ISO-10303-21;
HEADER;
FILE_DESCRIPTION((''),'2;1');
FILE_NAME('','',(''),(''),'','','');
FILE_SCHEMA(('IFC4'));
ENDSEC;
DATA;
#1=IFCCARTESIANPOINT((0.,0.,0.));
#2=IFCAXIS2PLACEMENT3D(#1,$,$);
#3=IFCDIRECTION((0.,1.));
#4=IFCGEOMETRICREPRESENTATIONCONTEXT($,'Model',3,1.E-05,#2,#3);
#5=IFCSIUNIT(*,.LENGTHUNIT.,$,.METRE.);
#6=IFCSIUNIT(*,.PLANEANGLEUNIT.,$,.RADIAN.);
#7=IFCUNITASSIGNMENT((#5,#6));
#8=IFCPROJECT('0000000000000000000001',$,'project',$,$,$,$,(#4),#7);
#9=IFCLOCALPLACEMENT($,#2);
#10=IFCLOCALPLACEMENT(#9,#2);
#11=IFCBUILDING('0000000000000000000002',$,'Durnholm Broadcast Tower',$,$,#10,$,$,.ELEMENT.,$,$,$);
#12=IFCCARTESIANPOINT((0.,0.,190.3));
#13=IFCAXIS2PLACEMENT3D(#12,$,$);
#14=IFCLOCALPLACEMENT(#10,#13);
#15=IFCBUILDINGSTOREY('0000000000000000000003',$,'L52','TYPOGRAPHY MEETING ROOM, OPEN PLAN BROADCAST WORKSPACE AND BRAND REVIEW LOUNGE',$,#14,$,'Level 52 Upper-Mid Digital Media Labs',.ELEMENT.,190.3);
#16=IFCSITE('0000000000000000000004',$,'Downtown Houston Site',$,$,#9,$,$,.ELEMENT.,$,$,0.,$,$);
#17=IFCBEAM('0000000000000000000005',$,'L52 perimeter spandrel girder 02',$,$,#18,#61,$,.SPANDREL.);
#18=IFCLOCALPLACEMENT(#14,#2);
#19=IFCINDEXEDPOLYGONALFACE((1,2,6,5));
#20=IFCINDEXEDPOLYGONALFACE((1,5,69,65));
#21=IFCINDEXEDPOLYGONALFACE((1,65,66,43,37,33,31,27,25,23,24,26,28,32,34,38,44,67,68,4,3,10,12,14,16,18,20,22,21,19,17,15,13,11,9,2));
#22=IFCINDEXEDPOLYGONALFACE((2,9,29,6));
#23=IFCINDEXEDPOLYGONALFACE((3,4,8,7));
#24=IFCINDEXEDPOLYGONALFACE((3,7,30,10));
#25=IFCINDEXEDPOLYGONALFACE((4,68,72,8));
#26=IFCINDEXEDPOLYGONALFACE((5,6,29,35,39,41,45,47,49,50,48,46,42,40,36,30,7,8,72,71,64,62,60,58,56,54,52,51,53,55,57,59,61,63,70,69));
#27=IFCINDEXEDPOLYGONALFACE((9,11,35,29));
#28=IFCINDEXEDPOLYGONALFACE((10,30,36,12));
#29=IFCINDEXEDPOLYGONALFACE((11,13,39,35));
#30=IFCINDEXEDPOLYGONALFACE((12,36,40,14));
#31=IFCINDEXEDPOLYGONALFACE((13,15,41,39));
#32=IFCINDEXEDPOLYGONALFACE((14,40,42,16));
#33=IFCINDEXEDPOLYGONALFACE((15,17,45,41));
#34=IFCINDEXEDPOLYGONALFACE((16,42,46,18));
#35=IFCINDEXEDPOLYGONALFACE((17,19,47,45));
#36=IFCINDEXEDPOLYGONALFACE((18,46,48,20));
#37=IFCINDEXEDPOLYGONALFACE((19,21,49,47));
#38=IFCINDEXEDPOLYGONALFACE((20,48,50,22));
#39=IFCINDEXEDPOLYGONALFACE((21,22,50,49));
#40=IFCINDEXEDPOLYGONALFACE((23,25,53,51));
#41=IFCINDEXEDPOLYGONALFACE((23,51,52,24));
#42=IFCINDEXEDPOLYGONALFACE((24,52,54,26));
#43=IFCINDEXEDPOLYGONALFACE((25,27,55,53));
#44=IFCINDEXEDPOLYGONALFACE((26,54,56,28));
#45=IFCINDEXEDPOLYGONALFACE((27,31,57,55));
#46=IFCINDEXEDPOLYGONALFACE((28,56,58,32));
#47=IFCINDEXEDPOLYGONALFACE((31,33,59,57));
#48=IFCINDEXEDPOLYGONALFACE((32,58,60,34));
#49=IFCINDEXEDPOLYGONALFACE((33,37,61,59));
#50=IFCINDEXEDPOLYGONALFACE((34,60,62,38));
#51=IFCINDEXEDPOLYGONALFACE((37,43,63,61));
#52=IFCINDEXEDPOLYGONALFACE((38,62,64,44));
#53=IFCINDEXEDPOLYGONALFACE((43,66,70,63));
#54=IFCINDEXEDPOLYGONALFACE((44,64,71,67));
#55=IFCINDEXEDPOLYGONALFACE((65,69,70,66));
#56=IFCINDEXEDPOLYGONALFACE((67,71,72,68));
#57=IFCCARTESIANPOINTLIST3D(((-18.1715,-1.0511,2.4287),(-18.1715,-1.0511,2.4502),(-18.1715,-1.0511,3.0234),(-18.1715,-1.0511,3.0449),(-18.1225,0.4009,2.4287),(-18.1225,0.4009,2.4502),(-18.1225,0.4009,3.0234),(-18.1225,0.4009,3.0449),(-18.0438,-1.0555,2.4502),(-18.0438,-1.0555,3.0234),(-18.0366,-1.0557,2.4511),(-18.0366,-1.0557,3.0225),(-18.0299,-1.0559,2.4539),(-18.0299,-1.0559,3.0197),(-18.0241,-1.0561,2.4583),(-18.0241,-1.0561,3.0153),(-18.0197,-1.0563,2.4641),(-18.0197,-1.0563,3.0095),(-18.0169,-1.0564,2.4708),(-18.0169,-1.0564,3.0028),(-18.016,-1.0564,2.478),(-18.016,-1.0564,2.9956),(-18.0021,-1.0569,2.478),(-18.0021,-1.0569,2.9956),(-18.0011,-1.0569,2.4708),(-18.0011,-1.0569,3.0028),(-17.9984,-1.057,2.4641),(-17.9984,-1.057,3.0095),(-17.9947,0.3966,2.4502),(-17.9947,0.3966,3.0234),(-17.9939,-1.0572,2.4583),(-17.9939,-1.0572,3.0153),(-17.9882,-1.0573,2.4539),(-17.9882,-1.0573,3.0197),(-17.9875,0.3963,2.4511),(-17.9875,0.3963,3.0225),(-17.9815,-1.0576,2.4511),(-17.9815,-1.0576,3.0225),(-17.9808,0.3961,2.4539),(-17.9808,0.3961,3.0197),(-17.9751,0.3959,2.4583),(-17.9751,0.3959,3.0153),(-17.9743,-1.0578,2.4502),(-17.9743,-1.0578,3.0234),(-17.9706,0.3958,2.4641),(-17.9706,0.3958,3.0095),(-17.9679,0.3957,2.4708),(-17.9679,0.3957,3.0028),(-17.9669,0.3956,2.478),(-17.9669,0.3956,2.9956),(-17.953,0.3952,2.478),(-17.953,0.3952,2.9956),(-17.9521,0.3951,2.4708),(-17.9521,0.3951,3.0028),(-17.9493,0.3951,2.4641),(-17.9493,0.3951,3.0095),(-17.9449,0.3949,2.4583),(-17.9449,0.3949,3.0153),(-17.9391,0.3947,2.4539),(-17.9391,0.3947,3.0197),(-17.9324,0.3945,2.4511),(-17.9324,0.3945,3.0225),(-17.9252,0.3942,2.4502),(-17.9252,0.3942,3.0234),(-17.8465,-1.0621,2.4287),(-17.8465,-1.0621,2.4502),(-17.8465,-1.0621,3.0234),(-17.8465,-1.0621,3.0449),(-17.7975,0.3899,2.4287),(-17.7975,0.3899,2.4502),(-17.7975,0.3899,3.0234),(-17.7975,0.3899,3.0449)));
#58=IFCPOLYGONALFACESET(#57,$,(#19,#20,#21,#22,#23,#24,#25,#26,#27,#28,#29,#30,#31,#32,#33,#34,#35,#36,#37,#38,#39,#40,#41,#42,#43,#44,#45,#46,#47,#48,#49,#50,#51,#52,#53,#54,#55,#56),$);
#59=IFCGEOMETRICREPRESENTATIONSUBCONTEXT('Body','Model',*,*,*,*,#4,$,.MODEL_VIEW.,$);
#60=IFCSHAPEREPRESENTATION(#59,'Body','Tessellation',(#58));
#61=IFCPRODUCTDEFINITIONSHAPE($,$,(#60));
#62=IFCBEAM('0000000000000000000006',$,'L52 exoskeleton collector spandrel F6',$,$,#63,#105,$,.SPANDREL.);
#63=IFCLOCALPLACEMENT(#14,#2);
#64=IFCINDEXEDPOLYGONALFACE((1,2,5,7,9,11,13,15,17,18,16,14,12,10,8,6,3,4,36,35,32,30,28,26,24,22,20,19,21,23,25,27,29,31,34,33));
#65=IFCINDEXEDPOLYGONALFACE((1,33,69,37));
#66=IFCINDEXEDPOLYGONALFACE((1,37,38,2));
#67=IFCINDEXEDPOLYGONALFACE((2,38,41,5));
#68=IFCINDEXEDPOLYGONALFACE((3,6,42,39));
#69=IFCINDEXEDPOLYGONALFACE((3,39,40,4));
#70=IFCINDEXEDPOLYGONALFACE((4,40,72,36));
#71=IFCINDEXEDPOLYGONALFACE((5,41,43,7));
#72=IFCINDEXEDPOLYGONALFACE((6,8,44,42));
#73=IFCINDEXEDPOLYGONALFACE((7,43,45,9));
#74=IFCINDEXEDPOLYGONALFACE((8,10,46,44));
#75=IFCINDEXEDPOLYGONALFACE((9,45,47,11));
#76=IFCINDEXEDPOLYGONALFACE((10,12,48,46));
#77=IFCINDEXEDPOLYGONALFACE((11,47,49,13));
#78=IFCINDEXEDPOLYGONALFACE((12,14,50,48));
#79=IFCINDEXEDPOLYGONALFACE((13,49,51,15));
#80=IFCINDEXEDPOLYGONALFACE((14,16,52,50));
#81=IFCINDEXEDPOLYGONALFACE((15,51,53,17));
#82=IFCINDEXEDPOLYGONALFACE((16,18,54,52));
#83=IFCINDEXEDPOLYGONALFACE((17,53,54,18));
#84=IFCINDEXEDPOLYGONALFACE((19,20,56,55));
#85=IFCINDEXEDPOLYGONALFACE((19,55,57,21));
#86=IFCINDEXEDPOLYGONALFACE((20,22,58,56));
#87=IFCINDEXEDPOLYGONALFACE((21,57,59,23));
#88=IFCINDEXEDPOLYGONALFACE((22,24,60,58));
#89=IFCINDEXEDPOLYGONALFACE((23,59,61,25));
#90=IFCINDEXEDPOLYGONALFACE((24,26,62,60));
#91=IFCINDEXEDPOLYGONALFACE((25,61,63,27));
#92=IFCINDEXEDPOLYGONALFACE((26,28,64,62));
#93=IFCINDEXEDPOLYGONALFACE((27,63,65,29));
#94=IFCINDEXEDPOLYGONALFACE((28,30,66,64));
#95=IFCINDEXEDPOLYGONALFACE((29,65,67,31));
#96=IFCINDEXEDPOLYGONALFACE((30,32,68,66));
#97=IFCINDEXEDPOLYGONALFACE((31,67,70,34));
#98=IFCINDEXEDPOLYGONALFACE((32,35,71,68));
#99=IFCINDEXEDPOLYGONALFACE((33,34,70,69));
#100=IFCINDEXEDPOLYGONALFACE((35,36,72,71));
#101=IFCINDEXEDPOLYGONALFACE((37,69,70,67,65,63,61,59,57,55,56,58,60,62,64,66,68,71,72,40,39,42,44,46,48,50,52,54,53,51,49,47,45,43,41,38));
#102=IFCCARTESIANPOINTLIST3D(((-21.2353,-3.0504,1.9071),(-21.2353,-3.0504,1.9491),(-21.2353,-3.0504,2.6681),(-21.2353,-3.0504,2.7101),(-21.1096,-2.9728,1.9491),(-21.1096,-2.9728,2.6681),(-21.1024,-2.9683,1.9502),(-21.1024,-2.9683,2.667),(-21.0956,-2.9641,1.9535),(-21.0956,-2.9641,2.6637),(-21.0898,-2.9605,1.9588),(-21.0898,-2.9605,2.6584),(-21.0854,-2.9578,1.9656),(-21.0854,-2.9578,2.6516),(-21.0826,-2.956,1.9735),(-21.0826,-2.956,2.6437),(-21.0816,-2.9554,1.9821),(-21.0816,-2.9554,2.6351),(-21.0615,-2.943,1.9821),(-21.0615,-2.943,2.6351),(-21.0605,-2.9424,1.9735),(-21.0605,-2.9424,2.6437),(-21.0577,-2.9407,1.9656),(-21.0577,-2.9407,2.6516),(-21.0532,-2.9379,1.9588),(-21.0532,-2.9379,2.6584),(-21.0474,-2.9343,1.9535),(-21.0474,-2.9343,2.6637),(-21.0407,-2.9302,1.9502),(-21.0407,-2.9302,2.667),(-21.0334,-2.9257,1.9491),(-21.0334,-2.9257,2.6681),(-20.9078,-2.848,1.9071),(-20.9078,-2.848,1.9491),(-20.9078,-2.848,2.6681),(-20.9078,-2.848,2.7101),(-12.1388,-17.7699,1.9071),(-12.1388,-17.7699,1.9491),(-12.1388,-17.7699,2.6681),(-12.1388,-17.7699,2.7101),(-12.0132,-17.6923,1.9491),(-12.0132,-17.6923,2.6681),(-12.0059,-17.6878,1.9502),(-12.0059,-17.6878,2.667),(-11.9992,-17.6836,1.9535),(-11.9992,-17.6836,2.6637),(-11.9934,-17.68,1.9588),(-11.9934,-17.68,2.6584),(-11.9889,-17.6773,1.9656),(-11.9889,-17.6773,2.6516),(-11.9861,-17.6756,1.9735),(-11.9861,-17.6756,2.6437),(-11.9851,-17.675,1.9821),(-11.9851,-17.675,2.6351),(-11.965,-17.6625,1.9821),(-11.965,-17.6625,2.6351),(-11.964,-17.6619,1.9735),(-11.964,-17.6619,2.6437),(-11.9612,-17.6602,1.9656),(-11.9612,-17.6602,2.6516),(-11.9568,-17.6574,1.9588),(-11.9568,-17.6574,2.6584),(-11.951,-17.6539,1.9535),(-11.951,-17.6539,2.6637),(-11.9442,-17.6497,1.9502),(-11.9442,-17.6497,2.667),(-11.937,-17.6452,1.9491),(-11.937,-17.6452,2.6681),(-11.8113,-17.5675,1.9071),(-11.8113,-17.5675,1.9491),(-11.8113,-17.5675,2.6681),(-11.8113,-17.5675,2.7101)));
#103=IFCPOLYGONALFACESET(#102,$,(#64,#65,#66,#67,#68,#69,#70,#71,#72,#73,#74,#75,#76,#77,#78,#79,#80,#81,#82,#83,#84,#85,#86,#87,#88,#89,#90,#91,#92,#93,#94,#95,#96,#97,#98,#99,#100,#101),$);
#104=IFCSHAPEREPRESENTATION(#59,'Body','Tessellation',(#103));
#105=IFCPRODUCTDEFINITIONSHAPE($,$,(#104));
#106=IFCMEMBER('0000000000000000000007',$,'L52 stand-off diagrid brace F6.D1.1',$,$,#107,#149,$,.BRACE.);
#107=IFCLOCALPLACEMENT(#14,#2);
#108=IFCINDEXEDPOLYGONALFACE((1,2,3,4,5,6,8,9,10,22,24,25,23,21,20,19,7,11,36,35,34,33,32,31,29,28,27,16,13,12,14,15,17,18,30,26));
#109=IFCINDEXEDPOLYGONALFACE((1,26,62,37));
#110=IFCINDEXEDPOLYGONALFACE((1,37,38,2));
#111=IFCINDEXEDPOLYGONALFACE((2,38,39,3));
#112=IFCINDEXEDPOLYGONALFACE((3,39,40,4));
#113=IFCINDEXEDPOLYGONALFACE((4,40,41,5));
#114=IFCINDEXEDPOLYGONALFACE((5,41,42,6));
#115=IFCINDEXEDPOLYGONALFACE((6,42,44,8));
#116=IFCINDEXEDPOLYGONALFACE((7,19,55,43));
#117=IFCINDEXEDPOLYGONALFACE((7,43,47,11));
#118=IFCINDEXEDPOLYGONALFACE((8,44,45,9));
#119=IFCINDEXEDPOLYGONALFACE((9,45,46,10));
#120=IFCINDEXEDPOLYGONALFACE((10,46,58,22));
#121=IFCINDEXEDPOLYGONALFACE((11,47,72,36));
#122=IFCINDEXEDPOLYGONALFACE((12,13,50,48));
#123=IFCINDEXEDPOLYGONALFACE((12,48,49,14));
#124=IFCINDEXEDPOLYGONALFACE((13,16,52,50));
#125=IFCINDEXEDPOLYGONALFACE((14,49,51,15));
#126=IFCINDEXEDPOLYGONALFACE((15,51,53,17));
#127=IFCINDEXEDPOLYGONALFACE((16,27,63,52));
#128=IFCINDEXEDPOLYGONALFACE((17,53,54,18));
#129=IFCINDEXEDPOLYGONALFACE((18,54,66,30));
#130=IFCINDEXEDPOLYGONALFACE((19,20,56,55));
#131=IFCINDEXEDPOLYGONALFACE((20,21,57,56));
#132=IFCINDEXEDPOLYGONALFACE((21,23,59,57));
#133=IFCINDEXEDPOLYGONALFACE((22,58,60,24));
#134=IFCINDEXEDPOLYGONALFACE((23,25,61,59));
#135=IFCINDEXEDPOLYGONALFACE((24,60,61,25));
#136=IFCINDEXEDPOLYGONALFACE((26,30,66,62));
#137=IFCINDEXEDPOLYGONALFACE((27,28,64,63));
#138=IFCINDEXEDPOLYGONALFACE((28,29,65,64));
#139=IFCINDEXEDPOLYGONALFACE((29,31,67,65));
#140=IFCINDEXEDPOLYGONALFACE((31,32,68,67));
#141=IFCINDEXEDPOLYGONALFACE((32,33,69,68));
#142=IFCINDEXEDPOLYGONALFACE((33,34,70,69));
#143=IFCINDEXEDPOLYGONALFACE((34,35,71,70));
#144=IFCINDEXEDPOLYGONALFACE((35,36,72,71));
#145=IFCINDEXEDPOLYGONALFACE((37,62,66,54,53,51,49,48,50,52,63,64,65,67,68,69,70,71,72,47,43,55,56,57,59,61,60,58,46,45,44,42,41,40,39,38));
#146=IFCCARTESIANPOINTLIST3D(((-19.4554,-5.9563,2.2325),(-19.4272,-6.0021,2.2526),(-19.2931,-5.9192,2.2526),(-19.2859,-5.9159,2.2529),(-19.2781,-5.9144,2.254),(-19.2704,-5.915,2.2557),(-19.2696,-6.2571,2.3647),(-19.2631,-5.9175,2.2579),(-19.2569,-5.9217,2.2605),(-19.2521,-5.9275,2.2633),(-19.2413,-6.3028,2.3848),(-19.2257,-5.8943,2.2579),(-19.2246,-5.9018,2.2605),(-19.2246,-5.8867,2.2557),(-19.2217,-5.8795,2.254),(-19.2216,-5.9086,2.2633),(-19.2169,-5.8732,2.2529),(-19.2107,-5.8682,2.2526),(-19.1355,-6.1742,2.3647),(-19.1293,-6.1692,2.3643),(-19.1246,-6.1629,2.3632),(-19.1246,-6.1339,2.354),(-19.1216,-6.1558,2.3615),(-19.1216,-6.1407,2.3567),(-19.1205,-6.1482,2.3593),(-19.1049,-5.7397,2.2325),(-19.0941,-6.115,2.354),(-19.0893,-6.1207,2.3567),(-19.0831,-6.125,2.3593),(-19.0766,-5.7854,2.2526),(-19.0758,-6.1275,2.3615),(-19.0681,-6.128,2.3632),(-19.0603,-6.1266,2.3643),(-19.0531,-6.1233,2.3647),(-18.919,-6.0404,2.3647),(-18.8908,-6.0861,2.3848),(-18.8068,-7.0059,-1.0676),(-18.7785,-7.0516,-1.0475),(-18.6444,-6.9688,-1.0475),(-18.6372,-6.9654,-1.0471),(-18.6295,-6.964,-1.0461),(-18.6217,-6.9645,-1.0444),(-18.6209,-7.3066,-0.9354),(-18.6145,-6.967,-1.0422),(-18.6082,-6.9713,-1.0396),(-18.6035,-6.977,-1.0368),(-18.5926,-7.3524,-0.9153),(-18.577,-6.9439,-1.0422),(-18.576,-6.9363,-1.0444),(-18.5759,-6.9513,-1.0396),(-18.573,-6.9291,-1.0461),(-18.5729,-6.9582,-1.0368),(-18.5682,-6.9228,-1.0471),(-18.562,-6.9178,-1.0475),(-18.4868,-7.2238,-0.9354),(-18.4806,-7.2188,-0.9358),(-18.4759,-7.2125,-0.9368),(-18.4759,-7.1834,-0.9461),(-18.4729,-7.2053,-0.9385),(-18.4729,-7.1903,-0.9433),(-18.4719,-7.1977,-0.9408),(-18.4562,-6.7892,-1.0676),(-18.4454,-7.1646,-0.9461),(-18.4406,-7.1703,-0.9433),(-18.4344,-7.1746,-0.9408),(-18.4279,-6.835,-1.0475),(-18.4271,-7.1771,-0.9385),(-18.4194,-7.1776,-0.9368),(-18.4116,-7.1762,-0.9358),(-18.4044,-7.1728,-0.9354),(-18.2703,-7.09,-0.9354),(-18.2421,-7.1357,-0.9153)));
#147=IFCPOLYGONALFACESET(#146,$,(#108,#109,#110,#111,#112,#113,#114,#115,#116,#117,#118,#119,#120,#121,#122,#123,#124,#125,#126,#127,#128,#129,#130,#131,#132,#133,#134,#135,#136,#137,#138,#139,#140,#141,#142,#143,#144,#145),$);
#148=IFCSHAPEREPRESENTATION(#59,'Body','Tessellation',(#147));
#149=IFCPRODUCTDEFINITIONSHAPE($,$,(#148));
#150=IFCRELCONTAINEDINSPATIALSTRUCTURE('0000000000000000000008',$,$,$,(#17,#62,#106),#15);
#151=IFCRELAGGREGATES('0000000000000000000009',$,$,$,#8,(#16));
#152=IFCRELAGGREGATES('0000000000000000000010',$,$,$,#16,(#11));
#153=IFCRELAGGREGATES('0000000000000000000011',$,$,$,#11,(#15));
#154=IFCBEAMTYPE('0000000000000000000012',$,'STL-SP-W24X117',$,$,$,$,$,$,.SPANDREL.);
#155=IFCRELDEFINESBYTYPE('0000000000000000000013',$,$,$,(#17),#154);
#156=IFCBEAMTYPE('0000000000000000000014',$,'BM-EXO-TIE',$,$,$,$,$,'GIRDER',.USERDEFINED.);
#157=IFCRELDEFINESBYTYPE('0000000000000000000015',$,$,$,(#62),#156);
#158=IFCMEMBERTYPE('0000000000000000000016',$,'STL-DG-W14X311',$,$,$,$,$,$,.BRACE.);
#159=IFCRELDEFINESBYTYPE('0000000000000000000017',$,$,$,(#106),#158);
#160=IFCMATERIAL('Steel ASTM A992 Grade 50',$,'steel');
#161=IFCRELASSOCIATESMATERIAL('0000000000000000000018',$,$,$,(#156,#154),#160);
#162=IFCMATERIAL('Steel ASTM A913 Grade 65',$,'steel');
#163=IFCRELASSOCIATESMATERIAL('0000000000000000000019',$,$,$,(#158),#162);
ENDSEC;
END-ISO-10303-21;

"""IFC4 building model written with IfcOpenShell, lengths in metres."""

from ifc_helpers import new_model, si_unit, direction, frame, origin, origin_2d, place, context, subcontext, project, spatial, i_section, extrude, source, transform, mapped, material, material_profile, profile_set, type_object, type_shapes, element, save


model = new_model("IFC4")

# Units and contexts
model_context = context("Model", 3, precision=1e-05, world=origin(), true_north=direction((0.0, 1.0)))
body_context = subcontext(model_context, "Body", "Model", "MODEL_VIEW")
ifc_project = project(units=[si_unit("LENGTHUNIT", "METRE"), si_unit("PLANEANGLEUNIT", "RADIAN")], contexts=[model_context])

# Site, building, storey
site_placement = place(None, origin())
site = spatial("IfcSite", under=ifc_project, at=site_placement, Name="Downtown Houston Site", CompositionType="ELEMENT", RefElevation=0.0)
building_placement = place(site_placement, origin())
building = spatial("IfcBuilding", under=site, at=building_placement, Name="Durnholm Broadcast Tower", CompositionType="ELEMENT")
storey_placement = place(building_placement, frame((0.0, 0.0, 190.3)))
storey = spatial("IfcBuildingStorey", under=building, at=storey_placement, Name="L52", Description="TYPOGRAPHY MEETING ROOM, OPEN PLAN BROADCAST WORKSPACE AND BRAND REVIEW LOUNGE", LongName="Level 52 Upper-Mid Digital Media Labs", CompositionType="ELEMENT", Elevation=190.3)

# Beams
ifc_material_1 = material(Name="Steel ASTM A992 Grade 50", Category="steel")
ifc_material_profile_1 = material_profile(ifc_material_1, i_section(OverallWidth=0.385, OverallDepth=0.803, WebThickness=0.0237, FlangeThickness=0.042, FilletRadius=0.033, at=origin_2d()), Name="W30X261")
ifc_profile_set_1 = profile_set([ifc_material_profile_1], Name="Steel ASTM A992 Grade 50")
beam_type_1 = type_object("IfcBeamType", Name="BM-EXO-TIE", ElementType="GIRDER", PredefinedType="USERDEFINED", material=ifc_profile_set_1)
ifc_material_profile_2 = material_profile(ifc_material_1, i_section(OverallWidth=0.3252, OverallDepth=0.6162, WebThickness=0.0139, FlangeThickness=0.0215, FilletRadius=0.0278, at=origin_2d()), Name="W24X117")
ifc_profile_set_2 = profile_set([ifc_material_profile_2], Name="Steel ASTM A992 Grade 50")
beam_type_2 = type_object("IfcBeamType", Name="STL-SP-W24X117", PredefinedType="SPANDREL", material=ifc_profile_set_2)
shared_shape_1 = source(origin(), body_context, "Body", "SweptSolid", [
    extrude(i_section(OverallWidth=0.3252, OverallDepth=0.6162, WebThickness=0.0139, FlangeThickness=0.0215, FilletRadius=0.0278, at=origin_2d()), origin(), (0.0, 0.0, 1.0), 1.4529),
])
beam_1_placement = place(storey_placement, frame((-18.009, -1.0566, 2.7368), z_axis=(0.033774, 0.99943, 0.0), x_axis=(-0.99943, 0.033774, 0.0)))
element("IfcBeam", 1, at=beam_1_placement, inside=storey, type_object=beam_type_2, Name="L52 perimeter spandrel girder 02", PredefinedType="SPANDREL", context=body_context, shape_type="MappedRepresentation", body=[
    mapped(shared_shape_1, transform((0.0, 0.0, 0.0), x_axis=(1.0, 0.0, 0.0), y_axis=(0.0, 1.0, 0.0), z_axis=(0.0, 0.0, 1.0), scale=1.0)),
])
shared_shape_2 = source(origin(), body_context, "Body", "SweptSolid", [
    extrude(i_section(OverallWidth=0.385, OverallDepth=0.803, WebThickness=0.0237, FlangeThickness=0.042, FilletRadius=0.033, at=origin_2d()), origin(), (0.0, 0.0, 1.0), 17.3035),
])
beam_2_placement = place(storey_placement, frame((-21.0715, -2.9492, 2.3086), z_axis=(0.525702, -0.850669, 0.0), x_axis=(0.850669, 0.525702, 0.0)))
element("IfcBeam", 2, at=beam_2_placement, inside=storey, type_object=beam_type_1, Name="L52 exoskeleton collector spandrel F6", PredefinedType="SPANDREL", context=body_context, shape_type="MappedRepresentation", body=[
    mapped(shared_shape_2, transform((0.0, 0.0, 0.0), x_axis=(1.0, 0.0, 0.0), y_axis=(0.0, 1.0, 0.0), z_axis=(0.0, 0.0, 1.0), scale=1.0)),
])

# Member
ifc_material_2 = material(Name="Steel ASTM A913 Grade 65", Category="steel")
ifc_material_profile_3 = material_profile(ifc_material_2, i_section(OverallWidth=0.4121, OverallDepth=0.4348, WebThickness=0.0359, FlangeThickness=0.0574, FilletRadius=0.0305, at=origin_2d()), Name="W14X311")
ifc_profile_set_3 = profile_set([ifc_material_profile_3], Name="Steel ASTM A913 Grade 65")
member_type_1 = type_object("IfcMemberType", Name="STL-DG-W14X311", PredefinedType="BRACE", material=ifc_profile_set_3)
shared_shape_3 = source(origin(), body_context, "Body", "SweptSolid", [
    extrude(i_section(OverallWidth=0.4121, OverallDepth=0.4348, WebThickness=0.0359, FlangeThickness=0.0574, FilletRadius=0.0305, at=origin_2d()), origin(), (0.0, 0.0, 1.0), 3.5232),
])
type_shapes(member_type_1, [shared_shape_3])
for number, where, z_axis, x_axis, name in (
    (3, (-18.5244, -7.0708, -0.9915), (-0.184119, 0.297903, 0.936672), (-0.850644, -0.525741, 0.0), "L52 stand-off diagrid brace F6.D1.1"),
):
    element("IfcMember", number, at=place(storey_placement, frame(where, z_axis=z_axis, x_axis=x_axis)), inside=storey, type_object=member_type_1, Name=name, PredefinedType="BRACE", context=body_context, shape_type="MappedRepresentation", body=[
        mapped(shared_shape_3, transform((0.0, 0.0, 0.0), x_axis=(1.0, 0.0, 0.0), y_axis=(0.0, 1.0, 0.0), z_axis=(0.0, 0.0, 1.0), scale=1.0)),
    ])

save(model, "model.ifc")
